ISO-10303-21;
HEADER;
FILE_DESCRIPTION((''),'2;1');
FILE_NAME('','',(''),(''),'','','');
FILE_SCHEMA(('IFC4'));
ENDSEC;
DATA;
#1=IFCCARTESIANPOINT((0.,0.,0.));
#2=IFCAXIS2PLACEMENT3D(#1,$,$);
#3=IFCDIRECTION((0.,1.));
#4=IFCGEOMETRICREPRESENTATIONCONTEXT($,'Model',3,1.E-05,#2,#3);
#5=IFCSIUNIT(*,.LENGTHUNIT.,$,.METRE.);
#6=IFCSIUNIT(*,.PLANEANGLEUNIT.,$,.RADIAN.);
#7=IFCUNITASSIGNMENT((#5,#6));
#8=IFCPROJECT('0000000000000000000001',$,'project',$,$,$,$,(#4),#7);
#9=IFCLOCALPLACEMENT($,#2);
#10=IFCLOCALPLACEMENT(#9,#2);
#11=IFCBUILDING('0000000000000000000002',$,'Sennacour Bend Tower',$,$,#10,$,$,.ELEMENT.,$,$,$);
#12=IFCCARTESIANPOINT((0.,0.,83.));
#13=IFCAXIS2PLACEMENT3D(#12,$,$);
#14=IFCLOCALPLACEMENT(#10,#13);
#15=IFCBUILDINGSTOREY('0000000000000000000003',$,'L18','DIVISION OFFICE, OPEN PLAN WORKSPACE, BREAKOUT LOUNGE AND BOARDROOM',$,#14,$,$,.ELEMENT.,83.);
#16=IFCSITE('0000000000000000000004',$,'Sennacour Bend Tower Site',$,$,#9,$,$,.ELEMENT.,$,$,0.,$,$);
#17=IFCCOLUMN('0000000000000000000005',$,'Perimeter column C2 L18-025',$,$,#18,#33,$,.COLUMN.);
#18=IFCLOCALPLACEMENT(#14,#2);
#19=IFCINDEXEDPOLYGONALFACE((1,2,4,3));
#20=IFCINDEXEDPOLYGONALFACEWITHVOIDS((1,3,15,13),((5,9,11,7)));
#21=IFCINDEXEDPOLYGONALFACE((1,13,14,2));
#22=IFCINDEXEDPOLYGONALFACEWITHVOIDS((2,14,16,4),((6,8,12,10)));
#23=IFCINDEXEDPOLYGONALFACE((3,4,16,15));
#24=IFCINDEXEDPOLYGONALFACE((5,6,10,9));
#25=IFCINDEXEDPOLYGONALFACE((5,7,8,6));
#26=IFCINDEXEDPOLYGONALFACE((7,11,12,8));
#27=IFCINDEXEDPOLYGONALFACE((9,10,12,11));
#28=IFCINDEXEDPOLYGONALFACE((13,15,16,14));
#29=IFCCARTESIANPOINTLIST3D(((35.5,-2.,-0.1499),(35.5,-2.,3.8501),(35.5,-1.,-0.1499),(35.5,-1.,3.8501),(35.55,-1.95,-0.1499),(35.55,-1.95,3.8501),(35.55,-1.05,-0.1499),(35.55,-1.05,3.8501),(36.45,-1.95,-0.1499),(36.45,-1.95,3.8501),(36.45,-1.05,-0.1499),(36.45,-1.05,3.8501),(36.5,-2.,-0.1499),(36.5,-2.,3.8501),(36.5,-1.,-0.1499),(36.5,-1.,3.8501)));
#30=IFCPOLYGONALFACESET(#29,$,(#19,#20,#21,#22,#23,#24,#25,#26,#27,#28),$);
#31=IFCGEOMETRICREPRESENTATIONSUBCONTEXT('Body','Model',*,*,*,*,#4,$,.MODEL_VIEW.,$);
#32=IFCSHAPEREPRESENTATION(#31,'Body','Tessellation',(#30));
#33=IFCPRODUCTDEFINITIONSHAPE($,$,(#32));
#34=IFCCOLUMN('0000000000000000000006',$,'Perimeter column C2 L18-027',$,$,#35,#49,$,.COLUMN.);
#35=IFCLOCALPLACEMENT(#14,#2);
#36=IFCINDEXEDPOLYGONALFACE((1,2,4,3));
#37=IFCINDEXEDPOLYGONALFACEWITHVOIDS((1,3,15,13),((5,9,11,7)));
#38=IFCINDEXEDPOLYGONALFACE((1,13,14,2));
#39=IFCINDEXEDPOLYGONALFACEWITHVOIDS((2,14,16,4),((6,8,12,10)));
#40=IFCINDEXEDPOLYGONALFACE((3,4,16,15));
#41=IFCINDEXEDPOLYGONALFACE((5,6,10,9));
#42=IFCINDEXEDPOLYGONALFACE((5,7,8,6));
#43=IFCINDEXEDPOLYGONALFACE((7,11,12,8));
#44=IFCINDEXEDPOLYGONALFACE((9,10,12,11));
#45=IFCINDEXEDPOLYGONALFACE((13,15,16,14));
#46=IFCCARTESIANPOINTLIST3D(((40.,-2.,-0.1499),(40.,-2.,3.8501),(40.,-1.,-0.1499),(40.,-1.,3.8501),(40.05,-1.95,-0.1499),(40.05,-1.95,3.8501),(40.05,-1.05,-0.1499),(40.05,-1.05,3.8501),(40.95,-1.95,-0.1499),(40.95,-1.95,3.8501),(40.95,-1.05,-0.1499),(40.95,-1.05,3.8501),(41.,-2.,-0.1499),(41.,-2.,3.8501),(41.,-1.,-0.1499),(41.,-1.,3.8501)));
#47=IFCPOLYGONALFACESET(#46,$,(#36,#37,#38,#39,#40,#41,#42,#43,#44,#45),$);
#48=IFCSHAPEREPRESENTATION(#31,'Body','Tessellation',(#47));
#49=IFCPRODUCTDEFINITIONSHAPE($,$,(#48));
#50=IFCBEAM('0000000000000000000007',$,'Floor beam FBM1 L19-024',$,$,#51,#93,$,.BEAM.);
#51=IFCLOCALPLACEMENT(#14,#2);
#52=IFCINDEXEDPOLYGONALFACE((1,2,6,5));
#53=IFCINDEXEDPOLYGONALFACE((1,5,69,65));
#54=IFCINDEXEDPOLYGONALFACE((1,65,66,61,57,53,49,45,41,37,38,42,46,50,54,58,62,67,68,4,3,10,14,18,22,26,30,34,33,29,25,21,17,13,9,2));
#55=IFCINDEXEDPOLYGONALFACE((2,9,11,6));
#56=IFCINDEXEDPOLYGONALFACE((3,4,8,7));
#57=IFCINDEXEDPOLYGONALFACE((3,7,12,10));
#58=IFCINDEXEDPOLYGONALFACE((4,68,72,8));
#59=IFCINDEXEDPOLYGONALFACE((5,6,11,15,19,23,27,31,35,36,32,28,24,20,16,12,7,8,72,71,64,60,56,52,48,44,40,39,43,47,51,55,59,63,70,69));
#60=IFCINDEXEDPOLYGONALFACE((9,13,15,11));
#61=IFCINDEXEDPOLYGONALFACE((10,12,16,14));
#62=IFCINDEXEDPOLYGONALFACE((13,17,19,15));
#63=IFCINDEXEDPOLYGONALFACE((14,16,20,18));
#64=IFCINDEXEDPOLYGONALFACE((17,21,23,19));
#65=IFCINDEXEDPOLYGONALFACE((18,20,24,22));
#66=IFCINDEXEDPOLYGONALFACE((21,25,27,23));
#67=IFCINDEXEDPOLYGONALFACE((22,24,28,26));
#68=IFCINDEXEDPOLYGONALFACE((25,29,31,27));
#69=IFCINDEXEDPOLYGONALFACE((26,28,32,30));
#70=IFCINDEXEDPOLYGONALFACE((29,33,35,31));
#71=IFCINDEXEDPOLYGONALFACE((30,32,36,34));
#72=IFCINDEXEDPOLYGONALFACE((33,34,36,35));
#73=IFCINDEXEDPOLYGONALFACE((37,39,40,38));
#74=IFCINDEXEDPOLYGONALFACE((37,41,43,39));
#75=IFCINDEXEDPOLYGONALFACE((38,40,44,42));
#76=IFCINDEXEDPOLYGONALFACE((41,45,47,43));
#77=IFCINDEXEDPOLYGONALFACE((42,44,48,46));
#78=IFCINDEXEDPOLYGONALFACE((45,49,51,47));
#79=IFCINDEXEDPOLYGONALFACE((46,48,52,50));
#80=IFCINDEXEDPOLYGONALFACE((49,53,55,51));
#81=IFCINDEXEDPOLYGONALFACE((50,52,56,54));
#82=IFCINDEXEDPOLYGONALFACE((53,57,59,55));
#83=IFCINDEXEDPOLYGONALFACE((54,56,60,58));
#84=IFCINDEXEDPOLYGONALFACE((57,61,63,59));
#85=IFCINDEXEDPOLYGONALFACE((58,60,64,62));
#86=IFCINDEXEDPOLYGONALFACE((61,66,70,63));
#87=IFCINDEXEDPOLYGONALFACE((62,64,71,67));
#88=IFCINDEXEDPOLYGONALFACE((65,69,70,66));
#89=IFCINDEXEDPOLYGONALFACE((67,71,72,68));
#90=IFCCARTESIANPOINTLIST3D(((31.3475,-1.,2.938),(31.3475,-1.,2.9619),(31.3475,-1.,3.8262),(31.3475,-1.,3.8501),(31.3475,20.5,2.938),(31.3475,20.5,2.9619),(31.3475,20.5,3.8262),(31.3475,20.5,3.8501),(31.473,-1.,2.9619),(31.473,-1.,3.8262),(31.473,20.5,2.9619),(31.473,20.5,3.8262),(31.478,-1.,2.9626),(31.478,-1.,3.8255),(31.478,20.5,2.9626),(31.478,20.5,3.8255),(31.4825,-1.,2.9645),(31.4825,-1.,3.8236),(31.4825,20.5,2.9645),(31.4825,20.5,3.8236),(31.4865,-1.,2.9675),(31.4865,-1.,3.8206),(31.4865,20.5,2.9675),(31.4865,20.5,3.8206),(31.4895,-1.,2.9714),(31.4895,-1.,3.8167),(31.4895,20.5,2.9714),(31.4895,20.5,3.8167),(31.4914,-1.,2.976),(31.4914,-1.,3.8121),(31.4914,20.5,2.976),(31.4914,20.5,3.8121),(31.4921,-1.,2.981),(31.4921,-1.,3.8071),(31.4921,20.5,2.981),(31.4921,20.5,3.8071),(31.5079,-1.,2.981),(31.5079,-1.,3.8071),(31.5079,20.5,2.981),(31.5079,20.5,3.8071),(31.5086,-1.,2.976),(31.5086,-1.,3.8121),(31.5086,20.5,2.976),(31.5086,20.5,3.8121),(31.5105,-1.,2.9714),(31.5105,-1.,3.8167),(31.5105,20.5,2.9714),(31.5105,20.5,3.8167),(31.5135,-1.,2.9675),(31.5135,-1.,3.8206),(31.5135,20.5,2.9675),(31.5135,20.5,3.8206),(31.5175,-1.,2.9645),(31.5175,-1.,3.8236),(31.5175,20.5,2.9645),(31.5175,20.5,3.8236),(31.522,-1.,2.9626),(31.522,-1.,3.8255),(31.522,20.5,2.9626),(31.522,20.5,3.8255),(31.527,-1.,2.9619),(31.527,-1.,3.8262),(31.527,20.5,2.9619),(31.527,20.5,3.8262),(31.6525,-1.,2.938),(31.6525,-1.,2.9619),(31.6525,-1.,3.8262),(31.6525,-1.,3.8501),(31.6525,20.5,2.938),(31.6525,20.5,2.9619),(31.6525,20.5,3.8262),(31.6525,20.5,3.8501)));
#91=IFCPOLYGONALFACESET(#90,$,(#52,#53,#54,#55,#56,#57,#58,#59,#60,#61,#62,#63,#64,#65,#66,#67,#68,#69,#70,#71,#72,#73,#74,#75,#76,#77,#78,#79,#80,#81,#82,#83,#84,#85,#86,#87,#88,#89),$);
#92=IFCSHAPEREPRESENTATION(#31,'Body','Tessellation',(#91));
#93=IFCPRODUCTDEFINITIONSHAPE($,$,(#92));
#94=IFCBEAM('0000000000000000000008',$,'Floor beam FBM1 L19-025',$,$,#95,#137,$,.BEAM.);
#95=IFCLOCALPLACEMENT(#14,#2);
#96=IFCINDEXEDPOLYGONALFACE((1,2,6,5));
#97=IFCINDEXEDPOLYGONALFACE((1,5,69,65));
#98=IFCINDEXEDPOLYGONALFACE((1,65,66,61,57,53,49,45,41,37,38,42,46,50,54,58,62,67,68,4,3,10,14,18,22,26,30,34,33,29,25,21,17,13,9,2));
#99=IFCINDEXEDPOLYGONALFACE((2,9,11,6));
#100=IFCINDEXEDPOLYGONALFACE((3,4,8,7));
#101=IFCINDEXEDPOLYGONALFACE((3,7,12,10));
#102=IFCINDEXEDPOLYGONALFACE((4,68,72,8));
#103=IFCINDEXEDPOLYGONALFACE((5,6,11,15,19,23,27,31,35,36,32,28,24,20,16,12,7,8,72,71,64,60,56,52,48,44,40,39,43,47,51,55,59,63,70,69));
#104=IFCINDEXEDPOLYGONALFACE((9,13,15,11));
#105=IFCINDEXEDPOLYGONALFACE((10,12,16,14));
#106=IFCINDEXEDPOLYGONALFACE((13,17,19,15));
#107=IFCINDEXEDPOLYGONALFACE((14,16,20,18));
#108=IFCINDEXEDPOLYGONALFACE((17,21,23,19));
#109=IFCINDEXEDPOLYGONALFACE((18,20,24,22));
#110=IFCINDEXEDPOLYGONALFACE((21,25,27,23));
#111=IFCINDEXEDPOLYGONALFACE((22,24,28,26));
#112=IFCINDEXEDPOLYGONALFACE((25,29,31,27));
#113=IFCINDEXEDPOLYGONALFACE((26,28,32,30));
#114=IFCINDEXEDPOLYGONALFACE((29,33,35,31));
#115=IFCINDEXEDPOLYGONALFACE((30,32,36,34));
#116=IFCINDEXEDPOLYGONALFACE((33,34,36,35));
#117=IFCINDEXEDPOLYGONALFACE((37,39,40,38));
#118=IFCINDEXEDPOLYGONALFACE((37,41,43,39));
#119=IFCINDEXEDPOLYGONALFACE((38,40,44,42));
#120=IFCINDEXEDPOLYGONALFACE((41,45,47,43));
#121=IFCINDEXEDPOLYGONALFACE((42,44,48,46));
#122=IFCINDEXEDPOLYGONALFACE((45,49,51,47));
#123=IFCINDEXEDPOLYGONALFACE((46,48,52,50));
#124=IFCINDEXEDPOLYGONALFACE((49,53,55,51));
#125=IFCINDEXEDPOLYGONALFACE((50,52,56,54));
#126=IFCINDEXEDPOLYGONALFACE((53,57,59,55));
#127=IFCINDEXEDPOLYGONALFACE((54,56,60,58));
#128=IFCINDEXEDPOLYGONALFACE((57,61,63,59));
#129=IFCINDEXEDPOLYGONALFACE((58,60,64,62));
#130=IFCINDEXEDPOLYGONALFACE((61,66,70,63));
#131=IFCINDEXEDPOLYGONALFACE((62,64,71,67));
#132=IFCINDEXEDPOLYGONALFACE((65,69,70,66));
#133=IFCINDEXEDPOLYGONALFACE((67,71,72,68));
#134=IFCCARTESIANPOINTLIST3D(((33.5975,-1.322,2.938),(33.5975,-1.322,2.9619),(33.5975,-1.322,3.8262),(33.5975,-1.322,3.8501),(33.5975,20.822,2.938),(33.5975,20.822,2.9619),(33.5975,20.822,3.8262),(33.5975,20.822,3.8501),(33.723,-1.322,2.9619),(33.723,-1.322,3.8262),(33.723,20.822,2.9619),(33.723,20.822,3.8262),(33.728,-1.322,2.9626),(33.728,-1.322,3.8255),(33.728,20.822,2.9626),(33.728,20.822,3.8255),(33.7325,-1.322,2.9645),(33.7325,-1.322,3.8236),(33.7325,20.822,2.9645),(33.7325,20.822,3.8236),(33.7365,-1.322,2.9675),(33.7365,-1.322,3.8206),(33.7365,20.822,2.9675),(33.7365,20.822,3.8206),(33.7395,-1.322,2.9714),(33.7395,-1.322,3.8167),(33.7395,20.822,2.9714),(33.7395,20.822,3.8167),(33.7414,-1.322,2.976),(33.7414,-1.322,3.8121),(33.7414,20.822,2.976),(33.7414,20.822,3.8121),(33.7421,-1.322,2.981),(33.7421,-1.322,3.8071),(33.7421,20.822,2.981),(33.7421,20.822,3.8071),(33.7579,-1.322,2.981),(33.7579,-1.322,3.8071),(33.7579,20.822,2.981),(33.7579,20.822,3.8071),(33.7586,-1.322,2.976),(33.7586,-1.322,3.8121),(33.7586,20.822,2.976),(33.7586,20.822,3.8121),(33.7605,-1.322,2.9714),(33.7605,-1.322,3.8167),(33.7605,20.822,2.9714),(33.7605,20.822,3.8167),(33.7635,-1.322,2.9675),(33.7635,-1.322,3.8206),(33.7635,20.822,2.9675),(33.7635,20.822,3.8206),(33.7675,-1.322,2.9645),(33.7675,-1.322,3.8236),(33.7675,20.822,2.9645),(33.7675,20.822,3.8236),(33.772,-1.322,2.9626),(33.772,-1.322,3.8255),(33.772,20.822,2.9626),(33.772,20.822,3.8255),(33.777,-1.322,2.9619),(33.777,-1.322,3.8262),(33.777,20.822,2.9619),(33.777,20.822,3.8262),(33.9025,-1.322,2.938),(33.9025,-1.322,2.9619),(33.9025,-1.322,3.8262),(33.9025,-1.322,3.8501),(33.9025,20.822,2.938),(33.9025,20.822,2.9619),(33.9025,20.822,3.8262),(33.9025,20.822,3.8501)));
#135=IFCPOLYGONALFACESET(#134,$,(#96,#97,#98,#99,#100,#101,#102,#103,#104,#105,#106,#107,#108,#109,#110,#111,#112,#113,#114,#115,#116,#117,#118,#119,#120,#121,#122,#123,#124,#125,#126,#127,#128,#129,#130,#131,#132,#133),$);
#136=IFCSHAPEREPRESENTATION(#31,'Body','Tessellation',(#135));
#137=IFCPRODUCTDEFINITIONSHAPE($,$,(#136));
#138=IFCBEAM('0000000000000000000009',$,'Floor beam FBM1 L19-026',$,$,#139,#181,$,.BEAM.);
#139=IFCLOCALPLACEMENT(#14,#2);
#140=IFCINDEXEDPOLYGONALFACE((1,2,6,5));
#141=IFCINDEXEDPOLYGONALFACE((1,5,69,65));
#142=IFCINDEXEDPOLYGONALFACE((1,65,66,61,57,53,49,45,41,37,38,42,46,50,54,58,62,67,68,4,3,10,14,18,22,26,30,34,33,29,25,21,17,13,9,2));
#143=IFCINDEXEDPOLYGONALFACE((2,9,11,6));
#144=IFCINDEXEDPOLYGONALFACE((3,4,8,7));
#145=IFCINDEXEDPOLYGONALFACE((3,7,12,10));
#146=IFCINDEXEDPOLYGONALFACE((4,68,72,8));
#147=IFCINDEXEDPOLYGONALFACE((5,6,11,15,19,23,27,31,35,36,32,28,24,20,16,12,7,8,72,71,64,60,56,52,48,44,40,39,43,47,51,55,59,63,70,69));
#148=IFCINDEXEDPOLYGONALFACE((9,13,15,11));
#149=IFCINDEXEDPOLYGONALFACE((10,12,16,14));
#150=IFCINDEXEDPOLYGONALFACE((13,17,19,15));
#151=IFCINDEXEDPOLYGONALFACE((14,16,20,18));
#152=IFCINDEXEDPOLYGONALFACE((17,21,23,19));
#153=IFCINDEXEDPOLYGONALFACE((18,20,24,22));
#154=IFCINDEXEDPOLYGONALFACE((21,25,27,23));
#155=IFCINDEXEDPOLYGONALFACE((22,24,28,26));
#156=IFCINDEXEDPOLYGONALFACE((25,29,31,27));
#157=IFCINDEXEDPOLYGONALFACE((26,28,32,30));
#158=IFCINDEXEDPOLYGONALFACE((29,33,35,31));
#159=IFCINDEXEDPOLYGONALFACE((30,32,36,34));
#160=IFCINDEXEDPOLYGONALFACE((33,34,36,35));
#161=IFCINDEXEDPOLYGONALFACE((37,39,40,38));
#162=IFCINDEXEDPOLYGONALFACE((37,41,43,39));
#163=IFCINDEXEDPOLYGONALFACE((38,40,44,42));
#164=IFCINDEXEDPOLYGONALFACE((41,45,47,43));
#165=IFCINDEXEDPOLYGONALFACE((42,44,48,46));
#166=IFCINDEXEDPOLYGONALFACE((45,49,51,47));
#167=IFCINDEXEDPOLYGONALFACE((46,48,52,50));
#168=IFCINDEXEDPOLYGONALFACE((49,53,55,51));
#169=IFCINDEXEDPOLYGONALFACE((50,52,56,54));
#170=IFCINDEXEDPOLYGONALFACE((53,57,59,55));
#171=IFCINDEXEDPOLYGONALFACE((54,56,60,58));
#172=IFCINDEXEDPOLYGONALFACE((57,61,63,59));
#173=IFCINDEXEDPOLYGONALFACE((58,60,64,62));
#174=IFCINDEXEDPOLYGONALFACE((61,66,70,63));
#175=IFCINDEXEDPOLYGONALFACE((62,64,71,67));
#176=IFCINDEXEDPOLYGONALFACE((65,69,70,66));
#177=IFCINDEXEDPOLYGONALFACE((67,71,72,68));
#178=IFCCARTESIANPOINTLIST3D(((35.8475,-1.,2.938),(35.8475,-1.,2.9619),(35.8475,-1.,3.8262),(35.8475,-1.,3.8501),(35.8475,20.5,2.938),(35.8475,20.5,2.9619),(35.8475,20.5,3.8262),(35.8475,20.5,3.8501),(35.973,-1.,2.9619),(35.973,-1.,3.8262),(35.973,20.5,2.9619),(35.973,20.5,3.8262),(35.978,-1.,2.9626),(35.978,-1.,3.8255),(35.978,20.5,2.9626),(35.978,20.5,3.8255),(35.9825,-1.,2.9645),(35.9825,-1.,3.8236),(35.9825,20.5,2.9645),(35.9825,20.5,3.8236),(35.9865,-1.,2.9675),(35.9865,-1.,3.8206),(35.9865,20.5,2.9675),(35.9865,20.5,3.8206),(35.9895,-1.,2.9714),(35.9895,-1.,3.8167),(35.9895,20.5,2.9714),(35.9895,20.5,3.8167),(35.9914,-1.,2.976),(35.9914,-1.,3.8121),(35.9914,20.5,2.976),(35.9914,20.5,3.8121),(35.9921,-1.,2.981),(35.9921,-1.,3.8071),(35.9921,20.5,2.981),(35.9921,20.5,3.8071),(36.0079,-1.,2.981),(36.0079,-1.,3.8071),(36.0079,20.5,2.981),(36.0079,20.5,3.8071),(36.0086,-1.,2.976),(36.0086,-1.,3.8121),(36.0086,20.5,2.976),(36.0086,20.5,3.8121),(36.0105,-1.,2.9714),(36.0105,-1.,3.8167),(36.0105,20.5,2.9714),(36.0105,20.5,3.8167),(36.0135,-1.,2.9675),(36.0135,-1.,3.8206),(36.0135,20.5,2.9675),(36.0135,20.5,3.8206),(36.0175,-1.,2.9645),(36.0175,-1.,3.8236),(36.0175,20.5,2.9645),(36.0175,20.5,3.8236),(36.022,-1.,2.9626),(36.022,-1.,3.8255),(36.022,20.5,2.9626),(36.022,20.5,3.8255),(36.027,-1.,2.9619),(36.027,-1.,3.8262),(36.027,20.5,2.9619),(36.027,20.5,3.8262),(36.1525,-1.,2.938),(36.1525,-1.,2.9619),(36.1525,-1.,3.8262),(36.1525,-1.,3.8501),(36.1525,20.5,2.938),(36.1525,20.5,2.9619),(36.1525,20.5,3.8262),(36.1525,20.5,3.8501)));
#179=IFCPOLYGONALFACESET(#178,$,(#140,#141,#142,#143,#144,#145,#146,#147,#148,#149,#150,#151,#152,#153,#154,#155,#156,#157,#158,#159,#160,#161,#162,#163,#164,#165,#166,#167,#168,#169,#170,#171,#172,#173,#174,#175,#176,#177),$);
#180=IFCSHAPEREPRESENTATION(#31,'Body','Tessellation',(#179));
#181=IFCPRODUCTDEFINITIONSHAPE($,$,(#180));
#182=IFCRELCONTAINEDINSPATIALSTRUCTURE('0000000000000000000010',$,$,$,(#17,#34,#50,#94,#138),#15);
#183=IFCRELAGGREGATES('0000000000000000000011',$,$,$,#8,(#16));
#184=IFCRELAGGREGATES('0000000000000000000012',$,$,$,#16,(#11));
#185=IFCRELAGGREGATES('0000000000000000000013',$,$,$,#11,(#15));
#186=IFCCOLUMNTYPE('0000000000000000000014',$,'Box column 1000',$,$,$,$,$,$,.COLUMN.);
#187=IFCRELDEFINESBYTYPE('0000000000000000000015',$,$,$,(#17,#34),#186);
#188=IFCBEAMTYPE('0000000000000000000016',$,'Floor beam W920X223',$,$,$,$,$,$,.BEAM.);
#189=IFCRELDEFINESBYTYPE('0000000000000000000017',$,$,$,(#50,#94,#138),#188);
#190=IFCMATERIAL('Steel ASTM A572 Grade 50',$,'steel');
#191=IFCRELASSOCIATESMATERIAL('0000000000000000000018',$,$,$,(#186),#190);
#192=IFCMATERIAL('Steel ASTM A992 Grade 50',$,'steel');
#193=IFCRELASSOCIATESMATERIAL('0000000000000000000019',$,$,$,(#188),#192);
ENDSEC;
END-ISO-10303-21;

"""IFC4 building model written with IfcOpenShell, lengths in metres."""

from ifc_helpers import new_model, si_unit, direction, frame, origin, origin_2d, place, context, subcontext, project, spatial, hollow_rectangle, i_section, extrude, material, material_profile, profile_set, type_object, element, save


model = new_model("IFC4")

# Units and contexts
model_context = context("Model", 3, precision=1e-05, world=origin(), true_north=direction((0.0, 1.0)))
body_context = subcontext(model_context, "Body", "Model", "MODEL_VIEW")
ifc_project = project(units=[si_unit("LENGTHUNIT", "METRE"), si_unit("PLANEANGLEUNIT", "RADIAN")], contexts=[model_context])

# Site, building, storey
site_placement = place(None, origin())
site = spatial("IfcSite", under=ifc_project, at=site_placement, Name="Sennacour Bend Tower Site", CompositionType="ELEMENT", RefElevation=0.0)
building_placement = place(site_placement, origin())
building = spatial("IfcBuilding", under=site, at=building_placement, Name="Sennacour Bend Tower", CompositionType="ELEMENT")
storey_placement = place(building_placement, frame((0.0, 0.0, 83.0)))
storey = spatial("IfcBuildingStorey", under=building, at=storey_placement, Name="L18", Description="DIVISION OFFICE, OPEN PLAN WORKSPACE, BREAKOUT LOUNGE AND BOARDROOM", CompositionType="ELEMENT", Elevation=83.0)

# Columns
ifc_material_1 = material(Name="Steel ASTM A572 Grade 50", Category="steel")
ifc_material_profile_1 = material_profile(ifc_material_1, hollow_rectangle(XDim=1.0, YDim=1.0, WallThickness=0.05, at=origin_2d()), Name="Steel ASTM A572 Grade 50", Category="steel")
ifc_profile_set_1 = profile_set([ifc_material_profile_1], Name="Steel ASTM A572 Grade 50")
column_type = type_object("IfcColumnType", Name="Box column 1000", PredefinedType="COLUMN", material=ifc_profile_set_1)
for number, where, z_axis, x_axis, name in (
    (1, (36.0, -1.5, -0.1499), (0.0, 0.0, 1.0), (1.0, 0.0, 0.0), "Perimeter column C2 L18-025"),
    (2, (40.5, -1.5, -0.1499), (0.0, 0.0, 1.0), (1.0, 0.0, 0.0), "Perimeter column C2 L18-027"),
):
    element("IfcColumn", number, at=place(storey_placement, frame(where, z_axis=z_axis, x_axis=x_axis)), inside=storey, type_object=column_type, Name=name, PredefinedType="COLUMN", context=body_context, shape_type="SweptSolid", body=[
        extrude(hollow_rectangle(XDim=1.0, YDim=1.0, WallThickness=0.05, at=origin_2d()), origin(), (0.0, 0.0, 1.0), 4.0),
    ])

# Beams
ifc_material_2 = material(Name="Steel ASTM A992 Grade 50", Category="steel")
ifc_material_profile_2 = material_profile(ifc_material_2, i_section(OverallWidth=0.3049, OverallDepth=0.9121, WebThickness=0.0159, FlangeThickness=0.0239, FilletRadius=0.019, at=origin_2d()), Name="Steel ASTM A992 Grade 50", Category="steel")
ifc_profile_set_2 = profile_set([ifc_material_profile_2], Name="Steel ASTM A992 Grade 50")
beam_type_1 = type_object("IfcBeamType", Name="Floor beam W920X223", PredefinedType="BEAM", material=ifc_profile_set_2)
beam_1_placement = place(storey_placement, frame((31.5, -1.0, 3.394), z_axis=(0.0, 1.0, 0.0), x_axis=(-1.0, 0.0, 0.0)))
element("IfcBeam", 3, at=beam_1_placement, inside=storey, type_object=beam_type_1, Name="Floor beam FBM1 L19-024", PredefinedType="BEAM", context=body_context, shape_type="SweptSolid", body=[
    extrude(i_section(OverallWidth=0.3049, OverallDepth=0.9121, WebThickness=0.0159, FlangeThickness=0.0239, FilletRadius=0.019, at=origin_2d()), origin(), (0.0, 0.0, 1.0), 21.5),
])
beam_2_placement = place(storey_placement, frame((33.75, -1.322, 3.394), z_axis=(0.0, 1.0, 0.0), x_axis=(-1.0, 0.0, 0.0)))
element("IfcBeam", 4, at=beam_2_placement, inside=storey, type_object=beam_type_1, Name="Floor beam FBM1 L19-025", PredefinedType="BEAM", context=body_context, shape_type="SweptSolid", body=[
    extrude(i_section(OverallWidth=0.3049, OverallDepth=0.9121, WebThickness=0.0159, FlangeThickness=0.0239, FilletRadius=0.019, at=origin_2d()), origin(), (0.0, 0.0, 1.0), 22.144),
])
beam_3_placement = place(storey_placement, frame((36.0, -1.0, 3.394), z_axis=(0.0, 1.0, 0.0), x_axis=(-1.0, 0.0, 0.0)))
element("IfcBeam", 5, at=beam_3_placement, inside=storey, type_object=beam_type_1, Name="Floor beam FBM1 L19-026", PredefinedType="BEAM", context=body_context, shape_type="SweptSolid", body=[
    extrude(i_section(OverallWidth=0.3049, OverallDepth=0.9121, WebThickness=0.0159, FlangeThickness=0.0239, FilletRadius=0.019, at=origin_2d()), origin(), (0.0, 0.0, 1.0), 21.5),
])

save(model, "model.ifc")
